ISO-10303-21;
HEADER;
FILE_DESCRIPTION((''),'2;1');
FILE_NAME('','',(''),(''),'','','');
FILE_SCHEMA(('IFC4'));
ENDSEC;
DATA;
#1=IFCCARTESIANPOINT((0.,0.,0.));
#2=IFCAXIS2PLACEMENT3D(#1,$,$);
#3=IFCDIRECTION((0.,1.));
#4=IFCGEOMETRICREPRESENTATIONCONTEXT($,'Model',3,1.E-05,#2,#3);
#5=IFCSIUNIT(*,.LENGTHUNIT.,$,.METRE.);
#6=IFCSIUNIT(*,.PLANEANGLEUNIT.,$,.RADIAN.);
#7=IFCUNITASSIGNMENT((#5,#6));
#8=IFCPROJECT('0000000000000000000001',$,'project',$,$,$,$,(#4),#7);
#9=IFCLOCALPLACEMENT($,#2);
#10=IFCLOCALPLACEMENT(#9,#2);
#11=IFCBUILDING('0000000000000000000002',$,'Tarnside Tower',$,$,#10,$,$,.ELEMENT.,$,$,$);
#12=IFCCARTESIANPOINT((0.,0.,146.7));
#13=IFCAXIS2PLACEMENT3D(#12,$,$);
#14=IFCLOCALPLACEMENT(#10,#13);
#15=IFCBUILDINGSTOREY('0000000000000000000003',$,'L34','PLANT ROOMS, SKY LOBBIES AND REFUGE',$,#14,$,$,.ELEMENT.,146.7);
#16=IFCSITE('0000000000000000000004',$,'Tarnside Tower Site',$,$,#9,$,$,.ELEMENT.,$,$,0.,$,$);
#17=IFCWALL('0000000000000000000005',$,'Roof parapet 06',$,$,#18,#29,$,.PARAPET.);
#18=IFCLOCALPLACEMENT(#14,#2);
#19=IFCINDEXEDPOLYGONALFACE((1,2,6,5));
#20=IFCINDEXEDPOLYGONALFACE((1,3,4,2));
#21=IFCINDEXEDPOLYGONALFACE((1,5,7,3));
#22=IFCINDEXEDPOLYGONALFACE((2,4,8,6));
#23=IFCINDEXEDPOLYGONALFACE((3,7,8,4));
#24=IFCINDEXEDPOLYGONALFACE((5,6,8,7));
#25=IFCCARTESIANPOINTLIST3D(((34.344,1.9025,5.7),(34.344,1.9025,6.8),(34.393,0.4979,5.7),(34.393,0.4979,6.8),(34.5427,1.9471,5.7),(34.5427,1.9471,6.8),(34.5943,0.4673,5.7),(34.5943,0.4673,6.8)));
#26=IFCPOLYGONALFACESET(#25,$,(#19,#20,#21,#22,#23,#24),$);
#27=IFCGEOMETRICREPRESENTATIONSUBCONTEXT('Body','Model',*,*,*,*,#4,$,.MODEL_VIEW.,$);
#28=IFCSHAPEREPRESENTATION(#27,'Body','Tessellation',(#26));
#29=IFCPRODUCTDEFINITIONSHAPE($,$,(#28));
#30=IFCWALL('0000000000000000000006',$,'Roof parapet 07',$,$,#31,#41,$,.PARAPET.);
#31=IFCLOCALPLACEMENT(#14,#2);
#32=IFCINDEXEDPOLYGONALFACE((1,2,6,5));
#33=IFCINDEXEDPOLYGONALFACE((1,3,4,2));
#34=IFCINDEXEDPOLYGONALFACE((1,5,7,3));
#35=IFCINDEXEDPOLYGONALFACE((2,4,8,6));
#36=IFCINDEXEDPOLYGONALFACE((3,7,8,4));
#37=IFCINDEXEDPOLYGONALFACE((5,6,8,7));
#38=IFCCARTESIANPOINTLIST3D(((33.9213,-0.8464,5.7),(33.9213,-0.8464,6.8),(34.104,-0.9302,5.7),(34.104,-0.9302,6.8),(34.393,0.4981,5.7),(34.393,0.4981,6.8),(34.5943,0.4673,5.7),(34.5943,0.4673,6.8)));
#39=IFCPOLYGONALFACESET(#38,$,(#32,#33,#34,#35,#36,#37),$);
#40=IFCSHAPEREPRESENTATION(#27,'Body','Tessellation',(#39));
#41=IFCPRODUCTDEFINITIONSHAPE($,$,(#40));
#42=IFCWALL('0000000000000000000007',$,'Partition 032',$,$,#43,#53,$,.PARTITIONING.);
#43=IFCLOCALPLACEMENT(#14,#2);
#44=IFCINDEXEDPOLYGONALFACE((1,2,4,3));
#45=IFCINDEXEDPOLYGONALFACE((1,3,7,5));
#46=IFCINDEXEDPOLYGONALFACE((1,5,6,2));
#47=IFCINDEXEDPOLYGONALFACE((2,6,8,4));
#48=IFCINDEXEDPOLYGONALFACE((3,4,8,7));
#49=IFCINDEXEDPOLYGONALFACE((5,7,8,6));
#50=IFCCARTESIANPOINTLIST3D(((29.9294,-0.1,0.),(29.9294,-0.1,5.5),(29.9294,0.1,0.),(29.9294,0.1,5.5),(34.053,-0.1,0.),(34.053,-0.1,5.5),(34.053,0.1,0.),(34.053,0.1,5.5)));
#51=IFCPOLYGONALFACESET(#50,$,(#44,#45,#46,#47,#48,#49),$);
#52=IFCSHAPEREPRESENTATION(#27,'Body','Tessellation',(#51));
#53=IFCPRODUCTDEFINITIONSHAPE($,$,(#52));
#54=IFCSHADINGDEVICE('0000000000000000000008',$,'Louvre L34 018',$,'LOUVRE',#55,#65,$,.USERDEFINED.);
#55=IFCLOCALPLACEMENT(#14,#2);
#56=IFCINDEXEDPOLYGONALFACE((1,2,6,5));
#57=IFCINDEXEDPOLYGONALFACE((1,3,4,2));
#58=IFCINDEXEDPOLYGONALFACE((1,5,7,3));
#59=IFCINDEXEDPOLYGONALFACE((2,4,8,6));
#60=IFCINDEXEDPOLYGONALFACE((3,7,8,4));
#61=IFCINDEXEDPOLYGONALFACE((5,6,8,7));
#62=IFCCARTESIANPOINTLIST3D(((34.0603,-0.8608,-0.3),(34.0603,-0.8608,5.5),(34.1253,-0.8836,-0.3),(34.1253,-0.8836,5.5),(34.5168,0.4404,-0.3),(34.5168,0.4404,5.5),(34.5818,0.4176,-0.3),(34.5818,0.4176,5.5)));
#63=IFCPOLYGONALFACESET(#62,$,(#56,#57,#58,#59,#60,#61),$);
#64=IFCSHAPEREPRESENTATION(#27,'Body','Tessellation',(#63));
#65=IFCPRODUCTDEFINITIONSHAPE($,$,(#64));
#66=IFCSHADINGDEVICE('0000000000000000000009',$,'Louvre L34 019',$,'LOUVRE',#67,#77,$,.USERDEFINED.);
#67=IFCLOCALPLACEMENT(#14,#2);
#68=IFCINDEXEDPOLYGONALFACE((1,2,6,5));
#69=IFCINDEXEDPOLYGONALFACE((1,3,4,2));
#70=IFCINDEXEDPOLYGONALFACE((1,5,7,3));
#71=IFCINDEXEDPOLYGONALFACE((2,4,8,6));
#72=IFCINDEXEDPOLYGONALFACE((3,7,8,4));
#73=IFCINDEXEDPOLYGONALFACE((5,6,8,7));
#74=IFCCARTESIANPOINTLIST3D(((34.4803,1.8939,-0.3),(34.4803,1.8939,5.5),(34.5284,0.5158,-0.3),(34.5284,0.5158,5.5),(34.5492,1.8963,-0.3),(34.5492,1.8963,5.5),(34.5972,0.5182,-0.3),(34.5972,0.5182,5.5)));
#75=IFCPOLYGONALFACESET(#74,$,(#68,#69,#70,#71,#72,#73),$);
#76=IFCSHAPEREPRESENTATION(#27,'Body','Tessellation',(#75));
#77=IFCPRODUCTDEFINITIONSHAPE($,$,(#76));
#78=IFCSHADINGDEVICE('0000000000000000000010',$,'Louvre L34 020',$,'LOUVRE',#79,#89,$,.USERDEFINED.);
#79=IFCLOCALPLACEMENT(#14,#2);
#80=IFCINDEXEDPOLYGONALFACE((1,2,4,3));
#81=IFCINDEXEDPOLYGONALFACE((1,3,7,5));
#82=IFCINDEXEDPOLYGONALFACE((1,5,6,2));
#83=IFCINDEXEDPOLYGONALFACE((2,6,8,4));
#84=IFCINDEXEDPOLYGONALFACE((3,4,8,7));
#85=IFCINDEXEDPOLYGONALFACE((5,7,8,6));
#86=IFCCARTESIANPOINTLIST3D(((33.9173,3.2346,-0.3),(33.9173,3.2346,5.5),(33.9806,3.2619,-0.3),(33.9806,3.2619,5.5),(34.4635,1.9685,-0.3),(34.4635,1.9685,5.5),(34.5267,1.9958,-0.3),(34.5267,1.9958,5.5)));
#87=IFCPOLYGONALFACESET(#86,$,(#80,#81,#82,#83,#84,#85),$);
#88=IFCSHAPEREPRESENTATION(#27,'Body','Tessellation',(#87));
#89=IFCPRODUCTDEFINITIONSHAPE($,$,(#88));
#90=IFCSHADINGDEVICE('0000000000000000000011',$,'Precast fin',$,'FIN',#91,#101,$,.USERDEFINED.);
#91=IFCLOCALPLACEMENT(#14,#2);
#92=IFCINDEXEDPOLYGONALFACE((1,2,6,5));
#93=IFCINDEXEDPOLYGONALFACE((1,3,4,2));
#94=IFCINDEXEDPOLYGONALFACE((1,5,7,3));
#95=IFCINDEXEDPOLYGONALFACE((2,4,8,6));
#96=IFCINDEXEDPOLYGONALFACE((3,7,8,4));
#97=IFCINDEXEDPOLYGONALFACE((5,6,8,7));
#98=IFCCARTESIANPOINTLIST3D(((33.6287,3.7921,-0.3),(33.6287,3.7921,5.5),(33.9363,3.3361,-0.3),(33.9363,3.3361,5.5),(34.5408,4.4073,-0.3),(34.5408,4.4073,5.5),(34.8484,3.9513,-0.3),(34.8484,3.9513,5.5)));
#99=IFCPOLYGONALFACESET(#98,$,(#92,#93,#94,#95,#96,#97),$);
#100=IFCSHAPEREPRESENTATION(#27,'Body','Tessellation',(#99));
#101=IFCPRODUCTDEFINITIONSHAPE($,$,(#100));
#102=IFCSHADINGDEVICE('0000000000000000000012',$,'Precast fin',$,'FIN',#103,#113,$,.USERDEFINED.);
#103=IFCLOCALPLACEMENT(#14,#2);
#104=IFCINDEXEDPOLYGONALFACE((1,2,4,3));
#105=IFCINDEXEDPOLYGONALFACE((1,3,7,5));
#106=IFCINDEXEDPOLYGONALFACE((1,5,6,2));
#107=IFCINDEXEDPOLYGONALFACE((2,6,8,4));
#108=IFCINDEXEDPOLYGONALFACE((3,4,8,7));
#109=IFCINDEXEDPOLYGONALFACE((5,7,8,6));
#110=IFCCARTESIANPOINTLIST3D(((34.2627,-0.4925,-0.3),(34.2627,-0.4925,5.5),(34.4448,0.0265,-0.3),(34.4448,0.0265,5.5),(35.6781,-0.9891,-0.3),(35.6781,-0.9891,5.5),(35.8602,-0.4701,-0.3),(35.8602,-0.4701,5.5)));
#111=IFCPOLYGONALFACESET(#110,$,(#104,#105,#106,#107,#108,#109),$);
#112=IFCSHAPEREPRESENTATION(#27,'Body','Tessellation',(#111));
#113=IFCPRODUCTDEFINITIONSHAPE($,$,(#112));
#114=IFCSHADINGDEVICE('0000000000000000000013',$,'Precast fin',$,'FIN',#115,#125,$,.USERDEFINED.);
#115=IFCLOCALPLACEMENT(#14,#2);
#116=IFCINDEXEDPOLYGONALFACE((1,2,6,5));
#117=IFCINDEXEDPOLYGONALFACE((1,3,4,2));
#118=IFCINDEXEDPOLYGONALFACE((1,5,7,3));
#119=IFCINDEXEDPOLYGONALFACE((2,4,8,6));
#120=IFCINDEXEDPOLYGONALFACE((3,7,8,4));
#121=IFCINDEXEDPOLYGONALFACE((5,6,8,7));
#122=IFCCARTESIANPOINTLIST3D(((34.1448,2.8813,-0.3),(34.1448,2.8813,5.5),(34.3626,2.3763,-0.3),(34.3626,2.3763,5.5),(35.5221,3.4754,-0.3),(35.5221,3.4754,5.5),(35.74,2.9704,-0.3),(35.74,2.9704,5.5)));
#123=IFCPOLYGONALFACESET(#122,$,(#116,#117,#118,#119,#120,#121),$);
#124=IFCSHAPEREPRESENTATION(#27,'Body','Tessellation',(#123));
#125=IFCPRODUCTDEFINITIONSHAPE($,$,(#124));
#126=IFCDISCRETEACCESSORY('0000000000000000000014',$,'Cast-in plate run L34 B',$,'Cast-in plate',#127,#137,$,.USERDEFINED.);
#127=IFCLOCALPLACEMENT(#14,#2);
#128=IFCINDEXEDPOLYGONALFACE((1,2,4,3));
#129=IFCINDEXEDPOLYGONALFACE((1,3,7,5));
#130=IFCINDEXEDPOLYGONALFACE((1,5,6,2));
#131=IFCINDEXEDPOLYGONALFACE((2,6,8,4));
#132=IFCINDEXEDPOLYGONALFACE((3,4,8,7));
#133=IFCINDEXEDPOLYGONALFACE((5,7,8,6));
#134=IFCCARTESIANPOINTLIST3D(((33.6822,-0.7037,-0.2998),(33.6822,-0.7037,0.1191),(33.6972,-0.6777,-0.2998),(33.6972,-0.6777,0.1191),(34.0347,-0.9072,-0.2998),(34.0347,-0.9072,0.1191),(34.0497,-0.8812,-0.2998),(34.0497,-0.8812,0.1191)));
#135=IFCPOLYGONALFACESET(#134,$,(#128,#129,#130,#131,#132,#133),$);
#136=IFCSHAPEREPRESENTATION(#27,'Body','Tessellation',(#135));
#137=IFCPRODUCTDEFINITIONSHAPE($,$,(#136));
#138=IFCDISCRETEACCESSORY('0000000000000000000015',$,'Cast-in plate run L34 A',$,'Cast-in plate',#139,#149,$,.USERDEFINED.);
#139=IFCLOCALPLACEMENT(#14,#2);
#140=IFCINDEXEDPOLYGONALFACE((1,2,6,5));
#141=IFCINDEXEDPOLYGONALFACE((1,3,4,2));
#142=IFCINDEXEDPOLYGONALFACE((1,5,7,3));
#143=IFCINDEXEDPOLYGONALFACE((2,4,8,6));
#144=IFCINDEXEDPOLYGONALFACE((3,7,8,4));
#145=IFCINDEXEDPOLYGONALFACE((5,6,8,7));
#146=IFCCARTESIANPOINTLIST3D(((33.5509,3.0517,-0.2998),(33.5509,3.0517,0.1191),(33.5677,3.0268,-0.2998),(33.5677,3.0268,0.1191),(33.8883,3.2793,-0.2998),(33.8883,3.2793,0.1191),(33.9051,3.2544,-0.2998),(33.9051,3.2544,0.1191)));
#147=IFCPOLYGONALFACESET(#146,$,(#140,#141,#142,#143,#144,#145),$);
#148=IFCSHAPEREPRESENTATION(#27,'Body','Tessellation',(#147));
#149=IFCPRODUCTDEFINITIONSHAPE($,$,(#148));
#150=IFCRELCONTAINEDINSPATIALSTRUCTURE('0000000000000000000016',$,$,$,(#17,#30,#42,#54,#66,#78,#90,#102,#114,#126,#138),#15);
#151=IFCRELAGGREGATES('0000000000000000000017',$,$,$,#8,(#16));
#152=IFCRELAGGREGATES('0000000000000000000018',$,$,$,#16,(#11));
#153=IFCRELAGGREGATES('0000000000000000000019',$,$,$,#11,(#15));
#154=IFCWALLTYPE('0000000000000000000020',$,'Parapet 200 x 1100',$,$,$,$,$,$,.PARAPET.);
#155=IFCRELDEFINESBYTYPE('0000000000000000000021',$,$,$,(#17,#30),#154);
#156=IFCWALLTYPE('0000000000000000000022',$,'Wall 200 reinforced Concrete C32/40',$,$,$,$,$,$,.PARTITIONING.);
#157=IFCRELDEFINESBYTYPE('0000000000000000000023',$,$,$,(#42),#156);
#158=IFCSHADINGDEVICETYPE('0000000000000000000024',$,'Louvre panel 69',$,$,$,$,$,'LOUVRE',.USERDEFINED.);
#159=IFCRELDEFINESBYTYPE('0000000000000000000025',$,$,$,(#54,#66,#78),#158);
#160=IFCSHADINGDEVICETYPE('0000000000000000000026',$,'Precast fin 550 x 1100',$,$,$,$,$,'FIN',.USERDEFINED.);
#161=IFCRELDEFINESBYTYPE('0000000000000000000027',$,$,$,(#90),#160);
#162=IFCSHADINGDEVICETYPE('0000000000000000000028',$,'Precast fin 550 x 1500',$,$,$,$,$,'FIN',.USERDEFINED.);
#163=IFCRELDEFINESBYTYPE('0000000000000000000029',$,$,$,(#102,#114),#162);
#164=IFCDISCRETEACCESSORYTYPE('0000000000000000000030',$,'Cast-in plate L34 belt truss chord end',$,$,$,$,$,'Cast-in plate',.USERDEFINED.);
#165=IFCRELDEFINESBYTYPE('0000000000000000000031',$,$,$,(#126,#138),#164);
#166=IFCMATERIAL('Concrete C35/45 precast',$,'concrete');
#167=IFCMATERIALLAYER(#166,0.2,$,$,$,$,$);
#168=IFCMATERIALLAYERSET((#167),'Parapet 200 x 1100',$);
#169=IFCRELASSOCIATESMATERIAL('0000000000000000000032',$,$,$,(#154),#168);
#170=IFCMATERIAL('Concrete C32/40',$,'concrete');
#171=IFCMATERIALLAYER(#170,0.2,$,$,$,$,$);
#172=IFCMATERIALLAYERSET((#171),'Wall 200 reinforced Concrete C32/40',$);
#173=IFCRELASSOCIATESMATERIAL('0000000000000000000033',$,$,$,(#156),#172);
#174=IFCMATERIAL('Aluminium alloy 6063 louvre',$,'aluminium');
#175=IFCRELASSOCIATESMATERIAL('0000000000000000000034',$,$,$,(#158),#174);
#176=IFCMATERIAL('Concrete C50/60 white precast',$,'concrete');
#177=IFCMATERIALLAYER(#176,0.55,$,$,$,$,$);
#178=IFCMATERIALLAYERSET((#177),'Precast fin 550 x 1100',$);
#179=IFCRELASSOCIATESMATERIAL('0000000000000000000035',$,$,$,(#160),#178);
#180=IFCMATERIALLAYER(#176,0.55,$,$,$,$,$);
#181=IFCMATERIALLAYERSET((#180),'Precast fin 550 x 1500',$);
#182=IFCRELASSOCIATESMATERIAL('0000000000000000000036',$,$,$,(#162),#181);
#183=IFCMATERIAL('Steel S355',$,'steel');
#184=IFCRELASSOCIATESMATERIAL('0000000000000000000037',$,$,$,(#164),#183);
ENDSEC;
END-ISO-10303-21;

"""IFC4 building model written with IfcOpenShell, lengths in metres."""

from ifc_helpers import new_model, si_unit, direction, frame, frame_2d, origin, origin_2d, place, context, subcontext, project, spatial, polyline, rectangle, outline, extrude, material, layer, layer_set, type_object, element, save


model = new_model("IFC4")

# Units and contexts
model_context = context("Model", 3, precision=1e-05, world=origin(), true_north=direction((0.0, 1.0)))
body_context = subcontext(model_context, "Body", "Model", "MODEL_VIEW")
ifc_project = project(units=[si_unit("LENGTHUNIT", "METRE"), si_unit("PLANEANGLEUNIT", "RADIAN")], contexts=[model_context])

# Site, building, storey
site_placement = place(None, origin())
site = spatial("IfcSite", under=ifc_project, at=site_placement, Name="Tarnside Tower Site", CompositionType="ELEMENT", RefElevation=0.0)
building_placement = place(site_placement, origin())
building = spatial("IfcBuilding", under=site, at=building_placement, Name="Tarnside Tower", CompositionType="ELEMENT")
storey_placement = place(building_placement, frame((0.0, 0.0, 146.7)))
storey = spatial("IfcBuildingStorey", under=building, at=storey_placement, Name="L34", Description="PLANT ROOMS, SKY LOBBIES AND REFUGE", CompositionType="ELEMENT", Elevation=146.7)

# Shared definitions
ifc_material_1 = material(Name="Steel S355", Category="steel")

# Walls
ifc_material_2 = material(Name="Concrete C35/45 precast", Category="concrete")
ifc_layer_1 = layer(ifc_material_2, 0.2)
ifc_layer_set_1 = layer_set([ifc_layer_1], Name="Parapet 200 x 1100")
wall_type_1 = type_object("IfcWallType", Name="Parapet 200 x 1100", PredefinedType="PARAPET", material=ifc_layer_set_1)
wall_1_placement = place(storey_placement, frame((34.4434, 1.9248, 5.7), z_axis=(0.0, 0.0, 1.0), x_axis=(0.034853, -0.999392, 0.0)))
element("IfcWall", 1, at=wall_1_placement, inside=storey, type_object=wall_type_1, Name="Roof parapet 06", PredefinedType="PARAPET", context=body_context, shape_type="SweptSolid", body=[
    extrude(outline(polyline([(0.0188, -0.1001), (1.4243, -0.1001), (1.4619, 0.1001), (-0.0188, 0.1001), (0.0188, -0.1001)])), origin(), (0.0, 0.0, 1.0), 1.1001),
])
wall_2_placement = place(storey_placement, frame((34.4937, 0.4827, 5.7), z_axis=(0.0, 0.0, 1.0), x_axis=(-0.331061, -0.943609, 0.0)))
element("IfcWall", 2, at=wall_2_placement, inside=storey, type_object=wall_type_1, Name="Roof parapet 07", PredefinedType="PARAPET", context=body_context, shape_type="SweptSolid", body=[
    extrude(outline(polyline([(0.0188, -0.1001), (1.4436, -0.1001), (1.4622, 0.1001), (-0.0188, 0.1001), (0.0188, -0.1001)])), origin(), (0.0, 0.0, 1.0), 1.1001),
])
ifc_material_3 = material(Name="Concrete C32/40", Category="concrete")
ifc_layer_2 = layer(ifc_material_3, 0.2)
ifc_layer_set_2 = layer_set([ifc_layer_2], Name="Wall 200 reinforced Concrete C32/40")
wall_type_2 = type_object("IfcWallType", Name="Wall 200 reinforced Concrete C32/40", PredefinedType="PARTITIONING", material=ifc_layer_set_2)
wall_3_placement = place(storey_placement, frame((34.053, 0.0, 0.0), z_axis=(0.0, 0.0, 1.0), x_axis=(-1.0, 0.0, 0.0)))
element("IfcWall", 3, at=wall_3_placement, inside=storey, type_object=wall_type_2, Name="Partition 032", PredefinedType="PARTITIONING", context=body_context, shape_type="SweptSolid", body=[
    extrude(rectangle(XDim=4.1235, YDim=0.2, at=frame_2d((2.0618, 0.0))), origin(), (0.0, 0.0, 1.0), 5.5),
])

# Shading devices
ifc_material_4 = material(Name="Aluminium alloy 6063 louvre", Category="aluminium")
shading_device_type_1 = type_object("IfcShadingDeviceType", Name="Louvre panel 69", ElementType="LOUVRE", PredefinedType="USERDEFINED", material=ifc_material_4)
for number, where, z_axis, x_axis, name in (
    (4, (34.2886, -0.2102, -0.3), (-0.331048, -0.943614, 0.0), (0.943614, -0.331048, 0.0), "Louvre L34 018"),
    (5, (34.5044, 1.2048, -0.3), (0.034882, -0.999391, 0.0), (0.999391, 0.034882, 0.0), "Louvre L34 019"),
    (6, (34.1904, 2.6016, -0.3), (0.396089, -0.918212, 0.0), (0.918212, 0.396089, 0.0), "Louvre L34 020"),
):
    element("IfcShadingDevice", number, at=place(storey_placement, frame(where, z_axis=z_axis, x_axis=x_axis)), inside=storey, type_object=shading_device_type_1, Name=name, ObjectType="LOUVRE", PredefinedType="USERDEFINED", context=body_context, shape_type="SweptSolid", body=[
        extrude(outline(polyline([(0.0, 0.0), (0.0688, 0.0), (0.0688, 5.8), (0.0, 5.8), (0.0, 0.0)])), frame((0.0, 0.0, -0.6895)), (0.0, 0.0, 1.0), 1.3789),
    ])
ifc_material_5 = material(Name="Concrete C50/60 white precast", Category="concrete")
ifc_layer_3 = layer(ifc_material_5, 0.55)
ifc_layer_set_3 = layer_set([ifc_layer_3], Name="Precast fin 550 x 1100")
shading_device_type_2 = type_object("IfcShadingDeviceType", Name="Precast fin 550 x 1100", ElementType="FIN", PredefinedType="USERDEFINED", material=ifc_layer_set_3)
shading_device_placement = place(storey_placement, frame((33.7825, 3.5642, -0.3), z_axis=(0.559193, -0.829038, 0.0), x_axis=(0.829038, 0.559193, 0.0)))
element("IfcShadingDevice", 7, at=shading_device_placement, inside=storey, type_object=shading_device_type_2, Name="Precast fin", ObjectType="FIN", PredefinedType="USERDEFINED", context=body_context, shape_type="SweptSolid", body=[
    extrude(outline(polyline([(0.0, 0.0), (1.1001, 0.0), (1.1001, 5.8), (0.0, 5.8), (0.0, 0.0)])), frame((0.0, 0.0, -0.2749)), (0.0, 0.0, 1.0), 0.55),
])
ifc_layer_4 = layer(ifc_material_5, 0.55)
ifc_layer_set_4 = layer_set([ifc_layer_4], Name="Precast fin 550 x 1500")
shading_device_type_3 = type_object("IfcShadingDeviceType", Name="Precast fin 550 x 1500", ElementType="FIN", PredefinedType="USERDEFINED", material=ifc_layer_set_4)
for number, where, z_axis, x_axis, name in (
    (8, (34.3538, -0.2329, -0.3), (-0.331063, -0.943609, 0.0), (0.943609, -0.331063, 0.0), "Precast fin"),
    (9, (34.2537, 2.6289, -0.3), (0.39608, -0.918216, 0.0), (0.918216, 0.39608, 0.0), "Precast fin"),
):
    element("IfcShadingDevice", number, at=place(storey_placement, frame(where, z_axis=z_axis, x_axis=x_axis)), inside=storey, type_object=shading_device_type_3, Name=name, ObjectType="FIN", PredefinedType="USERDEFINED", context=body_context, shape_type="SweptSolid", body=[
        extrude(outline(polyline([(0.0, 0.0), (1.5, 0.0), (1.5, 5.8), (0.0, 5.8), (0.0, 0.0)])), frame((0.0, 0.0, -0.2749)), (0.0, 0.0, 1.0), 0.55),
    ])

# Discrete accessories
discrete_accessory_type = type_object("IfcDiscreteAccessoryType", Name="Cast-in plate L34 belt truss chord end", ElementType="Cast-in plate", PredefinedType="USERDEFINED", material=ifc_material_1)
for number, where, z_axis, x_axis, name in (
    (10, (33.866, -0.7925, -0.2998), (0.0, 0.0, 1.0), (0.5, 0.866025, 0.0), "Cast-in plate run L34 B"),
    (11, (33.728, 3.1531, -0.2998), (0.0, 0.0, 1.0), (-0.559193, 0.829038, 0.0), "Cast-in plate run L34 A"),
):
    element("IfcDiscreteAccessory", number, at=place(storey_placement, frame(where, z_axis=z_axis, x_axis=x_axis)), inside=storey, type_object=discrete_accessory_type, Name=name, ObjectType="Cast-in plate", PredefinedType="USERDEFINED", context=body_context, shape_type="SweptSolid", body=[
        extrude(rectangle(XDim=0.03, YDim=0.407, at=origin_2d()), origin(), (0.0, 0.0, 1.0), 0.4189),
    ])

save(model, "model.ifc")
